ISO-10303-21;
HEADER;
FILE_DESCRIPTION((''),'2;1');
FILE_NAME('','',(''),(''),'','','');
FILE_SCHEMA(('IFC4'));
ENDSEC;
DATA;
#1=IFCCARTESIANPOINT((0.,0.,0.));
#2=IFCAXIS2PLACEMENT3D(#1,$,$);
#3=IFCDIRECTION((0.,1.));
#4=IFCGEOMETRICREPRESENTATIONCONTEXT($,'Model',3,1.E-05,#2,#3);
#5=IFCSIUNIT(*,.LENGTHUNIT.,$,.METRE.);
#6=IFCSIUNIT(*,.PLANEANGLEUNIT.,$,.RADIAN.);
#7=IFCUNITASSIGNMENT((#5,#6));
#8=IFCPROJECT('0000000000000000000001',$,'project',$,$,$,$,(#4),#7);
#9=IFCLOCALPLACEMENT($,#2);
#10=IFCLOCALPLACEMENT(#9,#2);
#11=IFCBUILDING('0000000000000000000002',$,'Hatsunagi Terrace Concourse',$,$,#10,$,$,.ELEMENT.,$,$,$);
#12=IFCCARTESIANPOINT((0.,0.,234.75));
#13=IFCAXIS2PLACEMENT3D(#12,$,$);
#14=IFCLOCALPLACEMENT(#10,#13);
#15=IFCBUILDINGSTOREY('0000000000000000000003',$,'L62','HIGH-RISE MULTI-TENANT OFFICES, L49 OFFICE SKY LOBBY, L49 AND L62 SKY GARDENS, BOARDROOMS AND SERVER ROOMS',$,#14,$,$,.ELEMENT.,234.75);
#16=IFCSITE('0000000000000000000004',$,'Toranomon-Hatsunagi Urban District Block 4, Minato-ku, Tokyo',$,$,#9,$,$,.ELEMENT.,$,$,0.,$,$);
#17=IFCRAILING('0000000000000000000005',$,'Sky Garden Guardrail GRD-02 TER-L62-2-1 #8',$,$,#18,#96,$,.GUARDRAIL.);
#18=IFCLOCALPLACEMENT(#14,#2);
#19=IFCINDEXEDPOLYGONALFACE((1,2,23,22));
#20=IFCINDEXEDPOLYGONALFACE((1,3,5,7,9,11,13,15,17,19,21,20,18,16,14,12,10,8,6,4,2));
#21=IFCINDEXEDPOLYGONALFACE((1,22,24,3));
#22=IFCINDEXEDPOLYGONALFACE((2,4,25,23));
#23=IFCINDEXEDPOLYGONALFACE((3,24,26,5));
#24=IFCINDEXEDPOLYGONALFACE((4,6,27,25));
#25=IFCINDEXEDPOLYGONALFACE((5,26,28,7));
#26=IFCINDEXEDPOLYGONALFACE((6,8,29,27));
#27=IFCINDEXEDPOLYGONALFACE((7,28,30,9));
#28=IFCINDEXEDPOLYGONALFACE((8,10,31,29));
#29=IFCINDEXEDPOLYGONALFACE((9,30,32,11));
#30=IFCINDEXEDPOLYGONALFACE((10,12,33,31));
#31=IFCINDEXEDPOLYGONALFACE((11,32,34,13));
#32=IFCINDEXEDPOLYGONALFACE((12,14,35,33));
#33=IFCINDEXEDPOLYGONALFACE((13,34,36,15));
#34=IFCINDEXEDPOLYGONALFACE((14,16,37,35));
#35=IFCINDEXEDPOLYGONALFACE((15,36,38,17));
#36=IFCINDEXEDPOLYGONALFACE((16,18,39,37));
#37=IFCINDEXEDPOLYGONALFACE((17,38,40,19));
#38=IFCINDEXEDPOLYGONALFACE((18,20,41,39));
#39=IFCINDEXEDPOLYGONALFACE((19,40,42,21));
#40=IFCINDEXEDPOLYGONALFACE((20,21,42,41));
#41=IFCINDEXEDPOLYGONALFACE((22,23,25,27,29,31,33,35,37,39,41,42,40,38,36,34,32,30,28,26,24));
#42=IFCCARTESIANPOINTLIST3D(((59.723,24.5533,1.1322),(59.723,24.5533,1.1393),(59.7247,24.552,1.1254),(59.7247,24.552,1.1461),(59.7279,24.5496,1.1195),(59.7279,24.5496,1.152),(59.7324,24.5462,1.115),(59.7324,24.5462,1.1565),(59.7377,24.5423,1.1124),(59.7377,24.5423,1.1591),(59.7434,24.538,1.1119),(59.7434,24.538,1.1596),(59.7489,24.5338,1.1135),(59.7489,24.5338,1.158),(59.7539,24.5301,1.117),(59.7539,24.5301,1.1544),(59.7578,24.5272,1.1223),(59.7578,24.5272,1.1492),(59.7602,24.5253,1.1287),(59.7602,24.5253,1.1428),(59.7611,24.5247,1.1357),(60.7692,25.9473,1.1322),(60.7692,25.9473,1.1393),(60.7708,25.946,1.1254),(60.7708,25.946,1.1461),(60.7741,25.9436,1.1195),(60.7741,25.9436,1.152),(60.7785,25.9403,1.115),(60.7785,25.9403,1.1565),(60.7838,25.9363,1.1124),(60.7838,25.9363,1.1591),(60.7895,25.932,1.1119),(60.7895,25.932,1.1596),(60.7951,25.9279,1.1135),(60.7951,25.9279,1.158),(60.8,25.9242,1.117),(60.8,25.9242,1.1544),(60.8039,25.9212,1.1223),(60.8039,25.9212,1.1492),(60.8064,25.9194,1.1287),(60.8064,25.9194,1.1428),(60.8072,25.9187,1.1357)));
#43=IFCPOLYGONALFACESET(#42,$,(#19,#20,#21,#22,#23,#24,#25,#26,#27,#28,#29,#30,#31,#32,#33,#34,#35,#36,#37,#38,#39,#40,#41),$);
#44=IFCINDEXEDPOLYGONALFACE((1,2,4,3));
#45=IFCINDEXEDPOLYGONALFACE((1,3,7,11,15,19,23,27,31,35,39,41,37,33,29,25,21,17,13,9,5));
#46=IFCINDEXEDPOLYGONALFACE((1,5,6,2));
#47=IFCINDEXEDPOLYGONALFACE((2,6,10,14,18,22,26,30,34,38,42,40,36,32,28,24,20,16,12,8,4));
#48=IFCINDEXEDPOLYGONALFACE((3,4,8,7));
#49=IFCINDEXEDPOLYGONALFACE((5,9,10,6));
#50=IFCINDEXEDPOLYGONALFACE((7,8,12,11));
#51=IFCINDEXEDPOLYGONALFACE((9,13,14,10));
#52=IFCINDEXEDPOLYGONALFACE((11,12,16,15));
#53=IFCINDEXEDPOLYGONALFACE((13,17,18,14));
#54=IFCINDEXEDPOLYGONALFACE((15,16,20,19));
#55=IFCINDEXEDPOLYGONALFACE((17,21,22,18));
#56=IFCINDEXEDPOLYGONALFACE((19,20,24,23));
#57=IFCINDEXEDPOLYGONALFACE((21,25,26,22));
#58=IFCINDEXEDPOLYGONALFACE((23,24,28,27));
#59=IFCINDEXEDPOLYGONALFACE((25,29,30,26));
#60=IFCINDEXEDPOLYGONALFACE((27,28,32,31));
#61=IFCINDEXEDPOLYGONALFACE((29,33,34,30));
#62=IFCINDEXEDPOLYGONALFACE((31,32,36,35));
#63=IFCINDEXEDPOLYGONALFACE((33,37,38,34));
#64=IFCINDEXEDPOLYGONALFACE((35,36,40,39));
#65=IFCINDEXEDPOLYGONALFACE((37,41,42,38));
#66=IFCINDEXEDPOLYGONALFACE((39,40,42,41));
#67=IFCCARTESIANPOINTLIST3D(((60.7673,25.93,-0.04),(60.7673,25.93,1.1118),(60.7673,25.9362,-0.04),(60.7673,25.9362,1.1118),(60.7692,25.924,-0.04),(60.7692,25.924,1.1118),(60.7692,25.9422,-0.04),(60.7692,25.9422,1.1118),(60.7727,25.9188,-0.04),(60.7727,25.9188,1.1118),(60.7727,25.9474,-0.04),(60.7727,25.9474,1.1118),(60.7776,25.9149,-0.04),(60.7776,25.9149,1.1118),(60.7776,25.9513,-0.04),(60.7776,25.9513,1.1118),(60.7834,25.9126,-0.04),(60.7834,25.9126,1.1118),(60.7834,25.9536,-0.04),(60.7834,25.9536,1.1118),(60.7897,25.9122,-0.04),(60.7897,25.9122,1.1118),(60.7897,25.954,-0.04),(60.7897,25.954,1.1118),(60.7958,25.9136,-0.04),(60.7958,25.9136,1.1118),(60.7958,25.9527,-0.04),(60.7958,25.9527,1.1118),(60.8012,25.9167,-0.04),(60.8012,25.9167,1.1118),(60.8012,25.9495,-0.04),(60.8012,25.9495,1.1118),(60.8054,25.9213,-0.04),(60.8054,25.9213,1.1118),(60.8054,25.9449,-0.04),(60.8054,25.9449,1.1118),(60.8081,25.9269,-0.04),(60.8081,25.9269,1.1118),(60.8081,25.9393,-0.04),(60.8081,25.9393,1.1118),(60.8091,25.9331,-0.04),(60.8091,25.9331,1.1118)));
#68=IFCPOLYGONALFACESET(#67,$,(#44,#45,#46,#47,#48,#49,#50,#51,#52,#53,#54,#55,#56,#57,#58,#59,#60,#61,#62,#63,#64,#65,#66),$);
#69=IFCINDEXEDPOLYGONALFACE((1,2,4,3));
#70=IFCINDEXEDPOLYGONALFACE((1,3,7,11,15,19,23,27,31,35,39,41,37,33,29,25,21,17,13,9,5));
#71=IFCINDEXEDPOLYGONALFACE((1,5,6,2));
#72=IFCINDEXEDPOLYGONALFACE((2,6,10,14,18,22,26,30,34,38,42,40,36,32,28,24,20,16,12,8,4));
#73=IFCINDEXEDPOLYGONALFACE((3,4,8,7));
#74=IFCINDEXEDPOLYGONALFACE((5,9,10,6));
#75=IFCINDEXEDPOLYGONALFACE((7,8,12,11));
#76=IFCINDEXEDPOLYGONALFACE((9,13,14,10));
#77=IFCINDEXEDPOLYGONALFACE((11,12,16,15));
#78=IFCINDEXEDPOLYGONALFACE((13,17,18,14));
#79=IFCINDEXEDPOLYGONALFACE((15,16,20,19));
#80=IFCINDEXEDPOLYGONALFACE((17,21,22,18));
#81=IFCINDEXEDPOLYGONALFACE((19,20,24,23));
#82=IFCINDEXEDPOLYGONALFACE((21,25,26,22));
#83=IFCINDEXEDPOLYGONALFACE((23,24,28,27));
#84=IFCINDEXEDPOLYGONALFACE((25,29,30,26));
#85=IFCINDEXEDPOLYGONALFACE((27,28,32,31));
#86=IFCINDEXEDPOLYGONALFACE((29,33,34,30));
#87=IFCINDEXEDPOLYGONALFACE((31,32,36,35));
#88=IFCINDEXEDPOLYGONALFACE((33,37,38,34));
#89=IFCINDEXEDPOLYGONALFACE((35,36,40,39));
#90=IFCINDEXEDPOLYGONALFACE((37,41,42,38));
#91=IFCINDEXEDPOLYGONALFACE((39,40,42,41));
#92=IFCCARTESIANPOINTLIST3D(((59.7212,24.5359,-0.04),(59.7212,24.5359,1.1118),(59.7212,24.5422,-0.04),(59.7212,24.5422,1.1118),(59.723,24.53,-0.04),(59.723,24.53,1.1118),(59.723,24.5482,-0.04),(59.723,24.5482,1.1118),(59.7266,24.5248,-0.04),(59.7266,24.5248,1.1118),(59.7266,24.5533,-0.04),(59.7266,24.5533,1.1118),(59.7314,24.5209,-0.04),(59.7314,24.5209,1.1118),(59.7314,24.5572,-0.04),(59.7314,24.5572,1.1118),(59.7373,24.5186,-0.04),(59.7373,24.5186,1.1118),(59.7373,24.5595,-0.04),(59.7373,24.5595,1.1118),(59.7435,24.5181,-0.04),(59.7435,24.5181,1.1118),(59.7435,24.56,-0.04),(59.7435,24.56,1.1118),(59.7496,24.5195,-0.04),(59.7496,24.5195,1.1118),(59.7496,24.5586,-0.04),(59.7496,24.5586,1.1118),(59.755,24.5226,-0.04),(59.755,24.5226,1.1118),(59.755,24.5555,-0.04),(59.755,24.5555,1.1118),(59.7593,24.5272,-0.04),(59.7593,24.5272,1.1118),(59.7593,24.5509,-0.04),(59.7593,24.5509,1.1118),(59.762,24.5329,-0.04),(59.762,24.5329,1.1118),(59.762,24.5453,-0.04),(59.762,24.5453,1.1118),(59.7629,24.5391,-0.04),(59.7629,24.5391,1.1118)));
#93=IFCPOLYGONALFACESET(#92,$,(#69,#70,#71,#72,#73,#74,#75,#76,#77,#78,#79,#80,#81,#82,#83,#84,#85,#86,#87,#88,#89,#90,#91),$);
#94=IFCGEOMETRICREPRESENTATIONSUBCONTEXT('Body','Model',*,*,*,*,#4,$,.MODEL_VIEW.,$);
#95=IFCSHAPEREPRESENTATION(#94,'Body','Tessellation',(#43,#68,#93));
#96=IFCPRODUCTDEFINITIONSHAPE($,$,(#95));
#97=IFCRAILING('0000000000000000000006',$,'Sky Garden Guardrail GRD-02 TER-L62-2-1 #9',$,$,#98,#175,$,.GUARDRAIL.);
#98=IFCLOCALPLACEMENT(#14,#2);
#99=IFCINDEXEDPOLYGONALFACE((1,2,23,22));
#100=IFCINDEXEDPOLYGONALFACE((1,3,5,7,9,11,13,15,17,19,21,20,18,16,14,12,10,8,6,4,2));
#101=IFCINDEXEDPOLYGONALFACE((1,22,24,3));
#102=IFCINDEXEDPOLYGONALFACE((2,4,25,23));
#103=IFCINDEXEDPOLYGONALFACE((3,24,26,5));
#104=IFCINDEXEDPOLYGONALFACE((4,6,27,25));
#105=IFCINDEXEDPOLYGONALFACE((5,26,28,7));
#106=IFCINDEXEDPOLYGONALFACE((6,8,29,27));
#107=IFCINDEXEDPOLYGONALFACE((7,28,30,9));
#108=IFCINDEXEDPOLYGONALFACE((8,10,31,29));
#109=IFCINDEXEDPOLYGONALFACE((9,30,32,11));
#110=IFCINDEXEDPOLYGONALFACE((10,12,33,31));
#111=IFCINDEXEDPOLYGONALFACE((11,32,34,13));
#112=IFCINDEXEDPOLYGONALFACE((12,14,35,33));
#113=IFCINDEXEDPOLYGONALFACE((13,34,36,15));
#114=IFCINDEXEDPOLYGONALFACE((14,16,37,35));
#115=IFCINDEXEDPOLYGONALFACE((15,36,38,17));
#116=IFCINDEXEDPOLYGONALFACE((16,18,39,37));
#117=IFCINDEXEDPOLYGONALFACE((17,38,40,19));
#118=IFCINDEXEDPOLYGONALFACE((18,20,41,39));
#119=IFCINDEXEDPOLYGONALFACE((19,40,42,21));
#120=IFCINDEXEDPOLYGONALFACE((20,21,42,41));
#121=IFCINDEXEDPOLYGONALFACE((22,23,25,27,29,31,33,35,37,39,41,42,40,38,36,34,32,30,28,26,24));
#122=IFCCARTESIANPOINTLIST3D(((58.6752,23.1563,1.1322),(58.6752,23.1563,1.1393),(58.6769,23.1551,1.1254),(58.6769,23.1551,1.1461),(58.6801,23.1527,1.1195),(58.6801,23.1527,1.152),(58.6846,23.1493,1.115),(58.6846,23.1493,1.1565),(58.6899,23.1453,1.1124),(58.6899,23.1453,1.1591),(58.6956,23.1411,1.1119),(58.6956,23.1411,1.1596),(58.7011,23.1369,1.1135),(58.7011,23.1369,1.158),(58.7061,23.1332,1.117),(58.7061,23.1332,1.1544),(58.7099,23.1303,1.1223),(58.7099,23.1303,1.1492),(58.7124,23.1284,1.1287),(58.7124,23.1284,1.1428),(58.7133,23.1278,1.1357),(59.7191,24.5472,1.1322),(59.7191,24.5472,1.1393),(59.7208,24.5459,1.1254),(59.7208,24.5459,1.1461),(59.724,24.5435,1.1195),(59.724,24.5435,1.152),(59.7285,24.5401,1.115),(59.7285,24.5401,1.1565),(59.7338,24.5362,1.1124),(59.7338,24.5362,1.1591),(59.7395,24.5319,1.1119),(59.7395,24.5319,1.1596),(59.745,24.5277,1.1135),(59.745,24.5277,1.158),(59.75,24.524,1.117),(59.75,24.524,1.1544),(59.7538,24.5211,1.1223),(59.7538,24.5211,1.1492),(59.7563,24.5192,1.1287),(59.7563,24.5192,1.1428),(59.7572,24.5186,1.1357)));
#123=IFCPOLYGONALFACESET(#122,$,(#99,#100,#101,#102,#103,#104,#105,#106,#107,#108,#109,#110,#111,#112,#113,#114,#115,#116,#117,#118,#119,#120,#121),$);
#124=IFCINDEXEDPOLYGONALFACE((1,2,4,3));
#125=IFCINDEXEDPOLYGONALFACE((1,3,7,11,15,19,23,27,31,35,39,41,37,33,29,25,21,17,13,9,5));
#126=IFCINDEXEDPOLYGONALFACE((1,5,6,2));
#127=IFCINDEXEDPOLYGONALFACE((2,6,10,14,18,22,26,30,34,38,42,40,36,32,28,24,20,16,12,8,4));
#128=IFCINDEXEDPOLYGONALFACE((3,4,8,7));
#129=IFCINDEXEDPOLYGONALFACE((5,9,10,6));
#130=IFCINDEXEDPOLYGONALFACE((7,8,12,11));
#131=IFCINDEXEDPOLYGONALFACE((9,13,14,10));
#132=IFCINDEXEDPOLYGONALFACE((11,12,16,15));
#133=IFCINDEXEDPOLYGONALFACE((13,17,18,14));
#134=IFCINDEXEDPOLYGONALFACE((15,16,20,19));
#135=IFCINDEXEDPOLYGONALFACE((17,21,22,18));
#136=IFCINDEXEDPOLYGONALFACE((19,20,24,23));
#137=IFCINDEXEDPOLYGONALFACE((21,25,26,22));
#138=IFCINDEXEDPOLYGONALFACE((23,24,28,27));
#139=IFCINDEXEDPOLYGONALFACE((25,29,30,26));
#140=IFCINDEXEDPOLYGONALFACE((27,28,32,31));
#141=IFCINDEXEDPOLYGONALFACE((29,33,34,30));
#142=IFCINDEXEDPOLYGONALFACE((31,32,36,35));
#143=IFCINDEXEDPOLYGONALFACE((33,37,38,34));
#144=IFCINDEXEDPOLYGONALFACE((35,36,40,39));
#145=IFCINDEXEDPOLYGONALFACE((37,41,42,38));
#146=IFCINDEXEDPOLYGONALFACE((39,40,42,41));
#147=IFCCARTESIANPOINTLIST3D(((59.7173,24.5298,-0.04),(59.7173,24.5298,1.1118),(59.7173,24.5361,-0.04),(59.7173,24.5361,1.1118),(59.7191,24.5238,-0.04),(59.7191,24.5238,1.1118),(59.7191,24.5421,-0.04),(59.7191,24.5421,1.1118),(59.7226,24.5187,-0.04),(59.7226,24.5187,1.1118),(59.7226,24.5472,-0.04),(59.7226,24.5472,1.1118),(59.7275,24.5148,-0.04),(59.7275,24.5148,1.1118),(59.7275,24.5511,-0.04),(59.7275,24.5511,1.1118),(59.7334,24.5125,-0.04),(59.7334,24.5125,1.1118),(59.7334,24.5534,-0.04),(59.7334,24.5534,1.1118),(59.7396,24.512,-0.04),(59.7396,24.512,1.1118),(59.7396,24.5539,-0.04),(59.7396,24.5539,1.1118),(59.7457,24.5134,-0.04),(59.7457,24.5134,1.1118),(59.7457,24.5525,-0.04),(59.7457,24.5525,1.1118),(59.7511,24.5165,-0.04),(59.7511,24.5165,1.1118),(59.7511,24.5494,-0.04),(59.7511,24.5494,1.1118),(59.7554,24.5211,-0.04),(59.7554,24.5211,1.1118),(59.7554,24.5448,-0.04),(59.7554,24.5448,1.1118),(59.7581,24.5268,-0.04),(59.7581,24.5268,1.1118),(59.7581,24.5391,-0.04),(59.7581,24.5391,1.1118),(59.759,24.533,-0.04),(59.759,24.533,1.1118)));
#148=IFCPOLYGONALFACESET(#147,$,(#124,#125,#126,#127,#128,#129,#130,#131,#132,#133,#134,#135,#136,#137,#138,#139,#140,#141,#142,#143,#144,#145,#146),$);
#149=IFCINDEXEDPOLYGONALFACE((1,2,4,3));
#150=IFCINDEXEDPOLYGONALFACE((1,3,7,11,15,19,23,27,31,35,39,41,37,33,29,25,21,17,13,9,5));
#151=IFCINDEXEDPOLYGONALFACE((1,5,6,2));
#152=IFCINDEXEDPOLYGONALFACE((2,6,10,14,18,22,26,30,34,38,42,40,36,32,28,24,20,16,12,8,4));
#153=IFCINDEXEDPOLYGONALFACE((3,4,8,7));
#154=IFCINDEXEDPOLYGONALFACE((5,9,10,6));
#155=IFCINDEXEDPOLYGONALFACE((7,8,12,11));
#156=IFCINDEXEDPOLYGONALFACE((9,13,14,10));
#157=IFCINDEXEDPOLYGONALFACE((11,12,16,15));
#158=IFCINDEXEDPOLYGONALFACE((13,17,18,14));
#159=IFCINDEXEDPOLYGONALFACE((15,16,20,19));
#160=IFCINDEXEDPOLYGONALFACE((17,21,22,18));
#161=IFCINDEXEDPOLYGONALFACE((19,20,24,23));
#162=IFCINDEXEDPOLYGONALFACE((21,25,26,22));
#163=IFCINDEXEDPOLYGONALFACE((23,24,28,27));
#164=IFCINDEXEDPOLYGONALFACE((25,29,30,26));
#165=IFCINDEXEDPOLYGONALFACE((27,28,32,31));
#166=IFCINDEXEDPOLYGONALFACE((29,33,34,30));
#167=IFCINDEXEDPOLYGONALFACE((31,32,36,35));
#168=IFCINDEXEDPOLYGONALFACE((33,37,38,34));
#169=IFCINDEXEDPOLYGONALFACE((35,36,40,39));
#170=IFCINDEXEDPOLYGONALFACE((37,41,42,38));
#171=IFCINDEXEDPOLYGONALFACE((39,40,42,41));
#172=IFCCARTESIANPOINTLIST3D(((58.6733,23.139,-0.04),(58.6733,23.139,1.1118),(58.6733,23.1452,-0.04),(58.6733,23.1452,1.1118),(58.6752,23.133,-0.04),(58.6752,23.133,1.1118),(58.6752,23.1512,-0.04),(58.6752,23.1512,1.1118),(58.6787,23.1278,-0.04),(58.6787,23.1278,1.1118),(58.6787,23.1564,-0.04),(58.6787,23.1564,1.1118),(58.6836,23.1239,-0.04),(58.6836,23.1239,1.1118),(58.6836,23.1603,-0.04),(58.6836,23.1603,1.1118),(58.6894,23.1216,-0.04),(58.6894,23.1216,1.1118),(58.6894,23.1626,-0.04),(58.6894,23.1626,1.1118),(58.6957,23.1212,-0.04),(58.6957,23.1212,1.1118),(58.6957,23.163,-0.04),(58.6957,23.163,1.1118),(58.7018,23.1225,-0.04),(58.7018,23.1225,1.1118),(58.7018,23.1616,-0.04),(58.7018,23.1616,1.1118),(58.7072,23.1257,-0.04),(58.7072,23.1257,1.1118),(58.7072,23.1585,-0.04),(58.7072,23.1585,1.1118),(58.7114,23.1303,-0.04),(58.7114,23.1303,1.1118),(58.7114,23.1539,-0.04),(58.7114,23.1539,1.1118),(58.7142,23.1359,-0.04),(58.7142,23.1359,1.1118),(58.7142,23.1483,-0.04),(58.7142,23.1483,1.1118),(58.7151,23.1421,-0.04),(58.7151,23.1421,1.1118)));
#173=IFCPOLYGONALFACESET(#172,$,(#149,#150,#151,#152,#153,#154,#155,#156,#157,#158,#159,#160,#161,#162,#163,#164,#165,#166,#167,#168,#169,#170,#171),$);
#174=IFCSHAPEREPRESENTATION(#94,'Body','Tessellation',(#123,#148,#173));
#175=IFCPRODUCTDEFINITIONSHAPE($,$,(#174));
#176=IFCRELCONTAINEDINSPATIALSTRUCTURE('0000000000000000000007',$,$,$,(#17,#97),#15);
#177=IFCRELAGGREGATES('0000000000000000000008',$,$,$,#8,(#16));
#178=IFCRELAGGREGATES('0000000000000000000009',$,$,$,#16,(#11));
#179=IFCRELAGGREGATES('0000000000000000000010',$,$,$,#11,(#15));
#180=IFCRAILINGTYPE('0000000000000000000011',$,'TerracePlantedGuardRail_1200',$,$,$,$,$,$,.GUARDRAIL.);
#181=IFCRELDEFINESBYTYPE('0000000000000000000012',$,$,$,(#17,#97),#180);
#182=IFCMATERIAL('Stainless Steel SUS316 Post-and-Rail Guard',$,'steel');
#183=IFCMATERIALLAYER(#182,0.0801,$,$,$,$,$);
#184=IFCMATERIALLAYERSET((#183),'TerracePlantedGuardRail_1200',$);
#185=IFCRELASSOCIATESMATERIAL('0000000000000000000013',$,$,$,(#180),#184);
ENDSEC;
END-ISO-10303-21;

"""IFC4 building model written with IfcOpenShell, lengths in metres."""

from ifc_helpers import new_model, si_unit, direction, frame, origin, origin_2d, place, context, subcontext, project, spatial, circle, extrude, material, layer, layer_set, type_object, element, save


model = new_model("IFC4")

# Units and contexts
model_context = context("Model", 3, precision=1e-05, world=origin(), true_north=direction((0.0, 1.0)))
body_context = subcontext(model_context, "Body", "Model", "MODEL_VIEW")
ifc_project = project(units=[si_unit("LENGTHUNIT", "METRE"), si_unit("PLANEANGLEUNIT", "RADIAN")], contexts=[model_context])

# Site, building, storey
site_placement = place(None, origin())
site = spatial("IfcSite", under=ifc_project, at=site_placement, Name="Toranomon-Hatsunagi Urban District Block 4, Minato-ku, Tokyo", CompositionType="ELEMENT", RefElevation=0.0)
building_placement = place(site_placement, origin())
building = spatial("IfcBuilding", under=site, at=building_placement, Name="Hatsunagi Terrace Concourse", CompositionType="ELEMENT")
storey_placement = place(building_placement, frame((0.0, 0.0, 234.75)))
storey = spatial("IfcBuildingStorey", under=building, at=storey_placement, Name="L62", Description="HIGH-RISE MULTI-TENANT OFFICES, L49 OFFICE SKY LOBBY, L49 AND L62 SKY GARDENS, BOARDROOMS AND SERVER ROOMS", CompositionType="ELEMENT", Elevation=234.75)

# Railings
ifc_material_1 = material(Name="Stainless Steel SUS316 Post-and-Rail Guard", Category="steel")
ifc_layer_1 = layer(ifc_material_1, 0.0801)
ifc_layer_set_1 = layer_set([ifc_layer_1], Name="TerracePlantedGuardRail_1200")
railing_type = type_object("IfcRailingType", Name="TerracePlantedGuardRail_1200", PredefinedType="GUARDRAIL", material=ifc_layer_set_1)
railing_1_placement = place(storey_placement, frame((60.7881, 25.9331, -0.04)))
element("IfcRailing", 1, at=railing_1_placement, inside=storey, type_object=railing_type, Name="Sky Garden Guardrail GRD-02 TER-L62-2-1 #8", PredefinedType="GUARDRAIL", context=body_context, shape_type="SweptSolid", body=[
    extrude(circle(Radius=0.0239, at=origin_2d()), frame((0.0, 0.0, 1.1758), z_axis=(-0.600224, -0.799832, 0.0), x_axis=(0.799832, -0.600224, 0.0)), (0.0, 0.0, 1.0), 1.7429),
    extrude(circle(Radius=0.021, at=origin_2d()), origin(), (0.0, 0.0, 1.0), 1.1519),
    extrude(circle(Radius=0.021, at=origin_2d()), frame((-1.0461, -1.394, 0.0)), (0.0, 0.0, 1.0), 1.1519),
])
railing_2_placement = place(storey_placement, frame((59.738, 24.533, -0.04)))
element("IfcRailing", 2, at=railing_2_placement, inside=storey, type_object=railing_type, Name="Sky Garden Guardrail GRD-02 TER-L62-2-1 #9", PredefinedType="GUARDRAIL", context=body_context, shape_type="SweptSolid", body=[
    extrude(circle(Radius=0.0239, at=origin_2d()), frame((0.0, 0.0, 1.1758), z_axis=(-0.600292, -0.799781, 0.0), x_axis=(0.799781, -0.600292, 0.0)), (0.0, 0.0, 1.0), 1.739),
    extrude(circle(Radius=0.021, at=origin_2d()), origin(), (0.0, 0.0, 1.0), 1.1519),
    extrude(circle(Radius=0.021, at=origin_2d()), frame((-1.0439, -1.3909, 0.0)), (0.0, 0.0, 1.0), 1.1519),
])

save(model, "model.ifc")
